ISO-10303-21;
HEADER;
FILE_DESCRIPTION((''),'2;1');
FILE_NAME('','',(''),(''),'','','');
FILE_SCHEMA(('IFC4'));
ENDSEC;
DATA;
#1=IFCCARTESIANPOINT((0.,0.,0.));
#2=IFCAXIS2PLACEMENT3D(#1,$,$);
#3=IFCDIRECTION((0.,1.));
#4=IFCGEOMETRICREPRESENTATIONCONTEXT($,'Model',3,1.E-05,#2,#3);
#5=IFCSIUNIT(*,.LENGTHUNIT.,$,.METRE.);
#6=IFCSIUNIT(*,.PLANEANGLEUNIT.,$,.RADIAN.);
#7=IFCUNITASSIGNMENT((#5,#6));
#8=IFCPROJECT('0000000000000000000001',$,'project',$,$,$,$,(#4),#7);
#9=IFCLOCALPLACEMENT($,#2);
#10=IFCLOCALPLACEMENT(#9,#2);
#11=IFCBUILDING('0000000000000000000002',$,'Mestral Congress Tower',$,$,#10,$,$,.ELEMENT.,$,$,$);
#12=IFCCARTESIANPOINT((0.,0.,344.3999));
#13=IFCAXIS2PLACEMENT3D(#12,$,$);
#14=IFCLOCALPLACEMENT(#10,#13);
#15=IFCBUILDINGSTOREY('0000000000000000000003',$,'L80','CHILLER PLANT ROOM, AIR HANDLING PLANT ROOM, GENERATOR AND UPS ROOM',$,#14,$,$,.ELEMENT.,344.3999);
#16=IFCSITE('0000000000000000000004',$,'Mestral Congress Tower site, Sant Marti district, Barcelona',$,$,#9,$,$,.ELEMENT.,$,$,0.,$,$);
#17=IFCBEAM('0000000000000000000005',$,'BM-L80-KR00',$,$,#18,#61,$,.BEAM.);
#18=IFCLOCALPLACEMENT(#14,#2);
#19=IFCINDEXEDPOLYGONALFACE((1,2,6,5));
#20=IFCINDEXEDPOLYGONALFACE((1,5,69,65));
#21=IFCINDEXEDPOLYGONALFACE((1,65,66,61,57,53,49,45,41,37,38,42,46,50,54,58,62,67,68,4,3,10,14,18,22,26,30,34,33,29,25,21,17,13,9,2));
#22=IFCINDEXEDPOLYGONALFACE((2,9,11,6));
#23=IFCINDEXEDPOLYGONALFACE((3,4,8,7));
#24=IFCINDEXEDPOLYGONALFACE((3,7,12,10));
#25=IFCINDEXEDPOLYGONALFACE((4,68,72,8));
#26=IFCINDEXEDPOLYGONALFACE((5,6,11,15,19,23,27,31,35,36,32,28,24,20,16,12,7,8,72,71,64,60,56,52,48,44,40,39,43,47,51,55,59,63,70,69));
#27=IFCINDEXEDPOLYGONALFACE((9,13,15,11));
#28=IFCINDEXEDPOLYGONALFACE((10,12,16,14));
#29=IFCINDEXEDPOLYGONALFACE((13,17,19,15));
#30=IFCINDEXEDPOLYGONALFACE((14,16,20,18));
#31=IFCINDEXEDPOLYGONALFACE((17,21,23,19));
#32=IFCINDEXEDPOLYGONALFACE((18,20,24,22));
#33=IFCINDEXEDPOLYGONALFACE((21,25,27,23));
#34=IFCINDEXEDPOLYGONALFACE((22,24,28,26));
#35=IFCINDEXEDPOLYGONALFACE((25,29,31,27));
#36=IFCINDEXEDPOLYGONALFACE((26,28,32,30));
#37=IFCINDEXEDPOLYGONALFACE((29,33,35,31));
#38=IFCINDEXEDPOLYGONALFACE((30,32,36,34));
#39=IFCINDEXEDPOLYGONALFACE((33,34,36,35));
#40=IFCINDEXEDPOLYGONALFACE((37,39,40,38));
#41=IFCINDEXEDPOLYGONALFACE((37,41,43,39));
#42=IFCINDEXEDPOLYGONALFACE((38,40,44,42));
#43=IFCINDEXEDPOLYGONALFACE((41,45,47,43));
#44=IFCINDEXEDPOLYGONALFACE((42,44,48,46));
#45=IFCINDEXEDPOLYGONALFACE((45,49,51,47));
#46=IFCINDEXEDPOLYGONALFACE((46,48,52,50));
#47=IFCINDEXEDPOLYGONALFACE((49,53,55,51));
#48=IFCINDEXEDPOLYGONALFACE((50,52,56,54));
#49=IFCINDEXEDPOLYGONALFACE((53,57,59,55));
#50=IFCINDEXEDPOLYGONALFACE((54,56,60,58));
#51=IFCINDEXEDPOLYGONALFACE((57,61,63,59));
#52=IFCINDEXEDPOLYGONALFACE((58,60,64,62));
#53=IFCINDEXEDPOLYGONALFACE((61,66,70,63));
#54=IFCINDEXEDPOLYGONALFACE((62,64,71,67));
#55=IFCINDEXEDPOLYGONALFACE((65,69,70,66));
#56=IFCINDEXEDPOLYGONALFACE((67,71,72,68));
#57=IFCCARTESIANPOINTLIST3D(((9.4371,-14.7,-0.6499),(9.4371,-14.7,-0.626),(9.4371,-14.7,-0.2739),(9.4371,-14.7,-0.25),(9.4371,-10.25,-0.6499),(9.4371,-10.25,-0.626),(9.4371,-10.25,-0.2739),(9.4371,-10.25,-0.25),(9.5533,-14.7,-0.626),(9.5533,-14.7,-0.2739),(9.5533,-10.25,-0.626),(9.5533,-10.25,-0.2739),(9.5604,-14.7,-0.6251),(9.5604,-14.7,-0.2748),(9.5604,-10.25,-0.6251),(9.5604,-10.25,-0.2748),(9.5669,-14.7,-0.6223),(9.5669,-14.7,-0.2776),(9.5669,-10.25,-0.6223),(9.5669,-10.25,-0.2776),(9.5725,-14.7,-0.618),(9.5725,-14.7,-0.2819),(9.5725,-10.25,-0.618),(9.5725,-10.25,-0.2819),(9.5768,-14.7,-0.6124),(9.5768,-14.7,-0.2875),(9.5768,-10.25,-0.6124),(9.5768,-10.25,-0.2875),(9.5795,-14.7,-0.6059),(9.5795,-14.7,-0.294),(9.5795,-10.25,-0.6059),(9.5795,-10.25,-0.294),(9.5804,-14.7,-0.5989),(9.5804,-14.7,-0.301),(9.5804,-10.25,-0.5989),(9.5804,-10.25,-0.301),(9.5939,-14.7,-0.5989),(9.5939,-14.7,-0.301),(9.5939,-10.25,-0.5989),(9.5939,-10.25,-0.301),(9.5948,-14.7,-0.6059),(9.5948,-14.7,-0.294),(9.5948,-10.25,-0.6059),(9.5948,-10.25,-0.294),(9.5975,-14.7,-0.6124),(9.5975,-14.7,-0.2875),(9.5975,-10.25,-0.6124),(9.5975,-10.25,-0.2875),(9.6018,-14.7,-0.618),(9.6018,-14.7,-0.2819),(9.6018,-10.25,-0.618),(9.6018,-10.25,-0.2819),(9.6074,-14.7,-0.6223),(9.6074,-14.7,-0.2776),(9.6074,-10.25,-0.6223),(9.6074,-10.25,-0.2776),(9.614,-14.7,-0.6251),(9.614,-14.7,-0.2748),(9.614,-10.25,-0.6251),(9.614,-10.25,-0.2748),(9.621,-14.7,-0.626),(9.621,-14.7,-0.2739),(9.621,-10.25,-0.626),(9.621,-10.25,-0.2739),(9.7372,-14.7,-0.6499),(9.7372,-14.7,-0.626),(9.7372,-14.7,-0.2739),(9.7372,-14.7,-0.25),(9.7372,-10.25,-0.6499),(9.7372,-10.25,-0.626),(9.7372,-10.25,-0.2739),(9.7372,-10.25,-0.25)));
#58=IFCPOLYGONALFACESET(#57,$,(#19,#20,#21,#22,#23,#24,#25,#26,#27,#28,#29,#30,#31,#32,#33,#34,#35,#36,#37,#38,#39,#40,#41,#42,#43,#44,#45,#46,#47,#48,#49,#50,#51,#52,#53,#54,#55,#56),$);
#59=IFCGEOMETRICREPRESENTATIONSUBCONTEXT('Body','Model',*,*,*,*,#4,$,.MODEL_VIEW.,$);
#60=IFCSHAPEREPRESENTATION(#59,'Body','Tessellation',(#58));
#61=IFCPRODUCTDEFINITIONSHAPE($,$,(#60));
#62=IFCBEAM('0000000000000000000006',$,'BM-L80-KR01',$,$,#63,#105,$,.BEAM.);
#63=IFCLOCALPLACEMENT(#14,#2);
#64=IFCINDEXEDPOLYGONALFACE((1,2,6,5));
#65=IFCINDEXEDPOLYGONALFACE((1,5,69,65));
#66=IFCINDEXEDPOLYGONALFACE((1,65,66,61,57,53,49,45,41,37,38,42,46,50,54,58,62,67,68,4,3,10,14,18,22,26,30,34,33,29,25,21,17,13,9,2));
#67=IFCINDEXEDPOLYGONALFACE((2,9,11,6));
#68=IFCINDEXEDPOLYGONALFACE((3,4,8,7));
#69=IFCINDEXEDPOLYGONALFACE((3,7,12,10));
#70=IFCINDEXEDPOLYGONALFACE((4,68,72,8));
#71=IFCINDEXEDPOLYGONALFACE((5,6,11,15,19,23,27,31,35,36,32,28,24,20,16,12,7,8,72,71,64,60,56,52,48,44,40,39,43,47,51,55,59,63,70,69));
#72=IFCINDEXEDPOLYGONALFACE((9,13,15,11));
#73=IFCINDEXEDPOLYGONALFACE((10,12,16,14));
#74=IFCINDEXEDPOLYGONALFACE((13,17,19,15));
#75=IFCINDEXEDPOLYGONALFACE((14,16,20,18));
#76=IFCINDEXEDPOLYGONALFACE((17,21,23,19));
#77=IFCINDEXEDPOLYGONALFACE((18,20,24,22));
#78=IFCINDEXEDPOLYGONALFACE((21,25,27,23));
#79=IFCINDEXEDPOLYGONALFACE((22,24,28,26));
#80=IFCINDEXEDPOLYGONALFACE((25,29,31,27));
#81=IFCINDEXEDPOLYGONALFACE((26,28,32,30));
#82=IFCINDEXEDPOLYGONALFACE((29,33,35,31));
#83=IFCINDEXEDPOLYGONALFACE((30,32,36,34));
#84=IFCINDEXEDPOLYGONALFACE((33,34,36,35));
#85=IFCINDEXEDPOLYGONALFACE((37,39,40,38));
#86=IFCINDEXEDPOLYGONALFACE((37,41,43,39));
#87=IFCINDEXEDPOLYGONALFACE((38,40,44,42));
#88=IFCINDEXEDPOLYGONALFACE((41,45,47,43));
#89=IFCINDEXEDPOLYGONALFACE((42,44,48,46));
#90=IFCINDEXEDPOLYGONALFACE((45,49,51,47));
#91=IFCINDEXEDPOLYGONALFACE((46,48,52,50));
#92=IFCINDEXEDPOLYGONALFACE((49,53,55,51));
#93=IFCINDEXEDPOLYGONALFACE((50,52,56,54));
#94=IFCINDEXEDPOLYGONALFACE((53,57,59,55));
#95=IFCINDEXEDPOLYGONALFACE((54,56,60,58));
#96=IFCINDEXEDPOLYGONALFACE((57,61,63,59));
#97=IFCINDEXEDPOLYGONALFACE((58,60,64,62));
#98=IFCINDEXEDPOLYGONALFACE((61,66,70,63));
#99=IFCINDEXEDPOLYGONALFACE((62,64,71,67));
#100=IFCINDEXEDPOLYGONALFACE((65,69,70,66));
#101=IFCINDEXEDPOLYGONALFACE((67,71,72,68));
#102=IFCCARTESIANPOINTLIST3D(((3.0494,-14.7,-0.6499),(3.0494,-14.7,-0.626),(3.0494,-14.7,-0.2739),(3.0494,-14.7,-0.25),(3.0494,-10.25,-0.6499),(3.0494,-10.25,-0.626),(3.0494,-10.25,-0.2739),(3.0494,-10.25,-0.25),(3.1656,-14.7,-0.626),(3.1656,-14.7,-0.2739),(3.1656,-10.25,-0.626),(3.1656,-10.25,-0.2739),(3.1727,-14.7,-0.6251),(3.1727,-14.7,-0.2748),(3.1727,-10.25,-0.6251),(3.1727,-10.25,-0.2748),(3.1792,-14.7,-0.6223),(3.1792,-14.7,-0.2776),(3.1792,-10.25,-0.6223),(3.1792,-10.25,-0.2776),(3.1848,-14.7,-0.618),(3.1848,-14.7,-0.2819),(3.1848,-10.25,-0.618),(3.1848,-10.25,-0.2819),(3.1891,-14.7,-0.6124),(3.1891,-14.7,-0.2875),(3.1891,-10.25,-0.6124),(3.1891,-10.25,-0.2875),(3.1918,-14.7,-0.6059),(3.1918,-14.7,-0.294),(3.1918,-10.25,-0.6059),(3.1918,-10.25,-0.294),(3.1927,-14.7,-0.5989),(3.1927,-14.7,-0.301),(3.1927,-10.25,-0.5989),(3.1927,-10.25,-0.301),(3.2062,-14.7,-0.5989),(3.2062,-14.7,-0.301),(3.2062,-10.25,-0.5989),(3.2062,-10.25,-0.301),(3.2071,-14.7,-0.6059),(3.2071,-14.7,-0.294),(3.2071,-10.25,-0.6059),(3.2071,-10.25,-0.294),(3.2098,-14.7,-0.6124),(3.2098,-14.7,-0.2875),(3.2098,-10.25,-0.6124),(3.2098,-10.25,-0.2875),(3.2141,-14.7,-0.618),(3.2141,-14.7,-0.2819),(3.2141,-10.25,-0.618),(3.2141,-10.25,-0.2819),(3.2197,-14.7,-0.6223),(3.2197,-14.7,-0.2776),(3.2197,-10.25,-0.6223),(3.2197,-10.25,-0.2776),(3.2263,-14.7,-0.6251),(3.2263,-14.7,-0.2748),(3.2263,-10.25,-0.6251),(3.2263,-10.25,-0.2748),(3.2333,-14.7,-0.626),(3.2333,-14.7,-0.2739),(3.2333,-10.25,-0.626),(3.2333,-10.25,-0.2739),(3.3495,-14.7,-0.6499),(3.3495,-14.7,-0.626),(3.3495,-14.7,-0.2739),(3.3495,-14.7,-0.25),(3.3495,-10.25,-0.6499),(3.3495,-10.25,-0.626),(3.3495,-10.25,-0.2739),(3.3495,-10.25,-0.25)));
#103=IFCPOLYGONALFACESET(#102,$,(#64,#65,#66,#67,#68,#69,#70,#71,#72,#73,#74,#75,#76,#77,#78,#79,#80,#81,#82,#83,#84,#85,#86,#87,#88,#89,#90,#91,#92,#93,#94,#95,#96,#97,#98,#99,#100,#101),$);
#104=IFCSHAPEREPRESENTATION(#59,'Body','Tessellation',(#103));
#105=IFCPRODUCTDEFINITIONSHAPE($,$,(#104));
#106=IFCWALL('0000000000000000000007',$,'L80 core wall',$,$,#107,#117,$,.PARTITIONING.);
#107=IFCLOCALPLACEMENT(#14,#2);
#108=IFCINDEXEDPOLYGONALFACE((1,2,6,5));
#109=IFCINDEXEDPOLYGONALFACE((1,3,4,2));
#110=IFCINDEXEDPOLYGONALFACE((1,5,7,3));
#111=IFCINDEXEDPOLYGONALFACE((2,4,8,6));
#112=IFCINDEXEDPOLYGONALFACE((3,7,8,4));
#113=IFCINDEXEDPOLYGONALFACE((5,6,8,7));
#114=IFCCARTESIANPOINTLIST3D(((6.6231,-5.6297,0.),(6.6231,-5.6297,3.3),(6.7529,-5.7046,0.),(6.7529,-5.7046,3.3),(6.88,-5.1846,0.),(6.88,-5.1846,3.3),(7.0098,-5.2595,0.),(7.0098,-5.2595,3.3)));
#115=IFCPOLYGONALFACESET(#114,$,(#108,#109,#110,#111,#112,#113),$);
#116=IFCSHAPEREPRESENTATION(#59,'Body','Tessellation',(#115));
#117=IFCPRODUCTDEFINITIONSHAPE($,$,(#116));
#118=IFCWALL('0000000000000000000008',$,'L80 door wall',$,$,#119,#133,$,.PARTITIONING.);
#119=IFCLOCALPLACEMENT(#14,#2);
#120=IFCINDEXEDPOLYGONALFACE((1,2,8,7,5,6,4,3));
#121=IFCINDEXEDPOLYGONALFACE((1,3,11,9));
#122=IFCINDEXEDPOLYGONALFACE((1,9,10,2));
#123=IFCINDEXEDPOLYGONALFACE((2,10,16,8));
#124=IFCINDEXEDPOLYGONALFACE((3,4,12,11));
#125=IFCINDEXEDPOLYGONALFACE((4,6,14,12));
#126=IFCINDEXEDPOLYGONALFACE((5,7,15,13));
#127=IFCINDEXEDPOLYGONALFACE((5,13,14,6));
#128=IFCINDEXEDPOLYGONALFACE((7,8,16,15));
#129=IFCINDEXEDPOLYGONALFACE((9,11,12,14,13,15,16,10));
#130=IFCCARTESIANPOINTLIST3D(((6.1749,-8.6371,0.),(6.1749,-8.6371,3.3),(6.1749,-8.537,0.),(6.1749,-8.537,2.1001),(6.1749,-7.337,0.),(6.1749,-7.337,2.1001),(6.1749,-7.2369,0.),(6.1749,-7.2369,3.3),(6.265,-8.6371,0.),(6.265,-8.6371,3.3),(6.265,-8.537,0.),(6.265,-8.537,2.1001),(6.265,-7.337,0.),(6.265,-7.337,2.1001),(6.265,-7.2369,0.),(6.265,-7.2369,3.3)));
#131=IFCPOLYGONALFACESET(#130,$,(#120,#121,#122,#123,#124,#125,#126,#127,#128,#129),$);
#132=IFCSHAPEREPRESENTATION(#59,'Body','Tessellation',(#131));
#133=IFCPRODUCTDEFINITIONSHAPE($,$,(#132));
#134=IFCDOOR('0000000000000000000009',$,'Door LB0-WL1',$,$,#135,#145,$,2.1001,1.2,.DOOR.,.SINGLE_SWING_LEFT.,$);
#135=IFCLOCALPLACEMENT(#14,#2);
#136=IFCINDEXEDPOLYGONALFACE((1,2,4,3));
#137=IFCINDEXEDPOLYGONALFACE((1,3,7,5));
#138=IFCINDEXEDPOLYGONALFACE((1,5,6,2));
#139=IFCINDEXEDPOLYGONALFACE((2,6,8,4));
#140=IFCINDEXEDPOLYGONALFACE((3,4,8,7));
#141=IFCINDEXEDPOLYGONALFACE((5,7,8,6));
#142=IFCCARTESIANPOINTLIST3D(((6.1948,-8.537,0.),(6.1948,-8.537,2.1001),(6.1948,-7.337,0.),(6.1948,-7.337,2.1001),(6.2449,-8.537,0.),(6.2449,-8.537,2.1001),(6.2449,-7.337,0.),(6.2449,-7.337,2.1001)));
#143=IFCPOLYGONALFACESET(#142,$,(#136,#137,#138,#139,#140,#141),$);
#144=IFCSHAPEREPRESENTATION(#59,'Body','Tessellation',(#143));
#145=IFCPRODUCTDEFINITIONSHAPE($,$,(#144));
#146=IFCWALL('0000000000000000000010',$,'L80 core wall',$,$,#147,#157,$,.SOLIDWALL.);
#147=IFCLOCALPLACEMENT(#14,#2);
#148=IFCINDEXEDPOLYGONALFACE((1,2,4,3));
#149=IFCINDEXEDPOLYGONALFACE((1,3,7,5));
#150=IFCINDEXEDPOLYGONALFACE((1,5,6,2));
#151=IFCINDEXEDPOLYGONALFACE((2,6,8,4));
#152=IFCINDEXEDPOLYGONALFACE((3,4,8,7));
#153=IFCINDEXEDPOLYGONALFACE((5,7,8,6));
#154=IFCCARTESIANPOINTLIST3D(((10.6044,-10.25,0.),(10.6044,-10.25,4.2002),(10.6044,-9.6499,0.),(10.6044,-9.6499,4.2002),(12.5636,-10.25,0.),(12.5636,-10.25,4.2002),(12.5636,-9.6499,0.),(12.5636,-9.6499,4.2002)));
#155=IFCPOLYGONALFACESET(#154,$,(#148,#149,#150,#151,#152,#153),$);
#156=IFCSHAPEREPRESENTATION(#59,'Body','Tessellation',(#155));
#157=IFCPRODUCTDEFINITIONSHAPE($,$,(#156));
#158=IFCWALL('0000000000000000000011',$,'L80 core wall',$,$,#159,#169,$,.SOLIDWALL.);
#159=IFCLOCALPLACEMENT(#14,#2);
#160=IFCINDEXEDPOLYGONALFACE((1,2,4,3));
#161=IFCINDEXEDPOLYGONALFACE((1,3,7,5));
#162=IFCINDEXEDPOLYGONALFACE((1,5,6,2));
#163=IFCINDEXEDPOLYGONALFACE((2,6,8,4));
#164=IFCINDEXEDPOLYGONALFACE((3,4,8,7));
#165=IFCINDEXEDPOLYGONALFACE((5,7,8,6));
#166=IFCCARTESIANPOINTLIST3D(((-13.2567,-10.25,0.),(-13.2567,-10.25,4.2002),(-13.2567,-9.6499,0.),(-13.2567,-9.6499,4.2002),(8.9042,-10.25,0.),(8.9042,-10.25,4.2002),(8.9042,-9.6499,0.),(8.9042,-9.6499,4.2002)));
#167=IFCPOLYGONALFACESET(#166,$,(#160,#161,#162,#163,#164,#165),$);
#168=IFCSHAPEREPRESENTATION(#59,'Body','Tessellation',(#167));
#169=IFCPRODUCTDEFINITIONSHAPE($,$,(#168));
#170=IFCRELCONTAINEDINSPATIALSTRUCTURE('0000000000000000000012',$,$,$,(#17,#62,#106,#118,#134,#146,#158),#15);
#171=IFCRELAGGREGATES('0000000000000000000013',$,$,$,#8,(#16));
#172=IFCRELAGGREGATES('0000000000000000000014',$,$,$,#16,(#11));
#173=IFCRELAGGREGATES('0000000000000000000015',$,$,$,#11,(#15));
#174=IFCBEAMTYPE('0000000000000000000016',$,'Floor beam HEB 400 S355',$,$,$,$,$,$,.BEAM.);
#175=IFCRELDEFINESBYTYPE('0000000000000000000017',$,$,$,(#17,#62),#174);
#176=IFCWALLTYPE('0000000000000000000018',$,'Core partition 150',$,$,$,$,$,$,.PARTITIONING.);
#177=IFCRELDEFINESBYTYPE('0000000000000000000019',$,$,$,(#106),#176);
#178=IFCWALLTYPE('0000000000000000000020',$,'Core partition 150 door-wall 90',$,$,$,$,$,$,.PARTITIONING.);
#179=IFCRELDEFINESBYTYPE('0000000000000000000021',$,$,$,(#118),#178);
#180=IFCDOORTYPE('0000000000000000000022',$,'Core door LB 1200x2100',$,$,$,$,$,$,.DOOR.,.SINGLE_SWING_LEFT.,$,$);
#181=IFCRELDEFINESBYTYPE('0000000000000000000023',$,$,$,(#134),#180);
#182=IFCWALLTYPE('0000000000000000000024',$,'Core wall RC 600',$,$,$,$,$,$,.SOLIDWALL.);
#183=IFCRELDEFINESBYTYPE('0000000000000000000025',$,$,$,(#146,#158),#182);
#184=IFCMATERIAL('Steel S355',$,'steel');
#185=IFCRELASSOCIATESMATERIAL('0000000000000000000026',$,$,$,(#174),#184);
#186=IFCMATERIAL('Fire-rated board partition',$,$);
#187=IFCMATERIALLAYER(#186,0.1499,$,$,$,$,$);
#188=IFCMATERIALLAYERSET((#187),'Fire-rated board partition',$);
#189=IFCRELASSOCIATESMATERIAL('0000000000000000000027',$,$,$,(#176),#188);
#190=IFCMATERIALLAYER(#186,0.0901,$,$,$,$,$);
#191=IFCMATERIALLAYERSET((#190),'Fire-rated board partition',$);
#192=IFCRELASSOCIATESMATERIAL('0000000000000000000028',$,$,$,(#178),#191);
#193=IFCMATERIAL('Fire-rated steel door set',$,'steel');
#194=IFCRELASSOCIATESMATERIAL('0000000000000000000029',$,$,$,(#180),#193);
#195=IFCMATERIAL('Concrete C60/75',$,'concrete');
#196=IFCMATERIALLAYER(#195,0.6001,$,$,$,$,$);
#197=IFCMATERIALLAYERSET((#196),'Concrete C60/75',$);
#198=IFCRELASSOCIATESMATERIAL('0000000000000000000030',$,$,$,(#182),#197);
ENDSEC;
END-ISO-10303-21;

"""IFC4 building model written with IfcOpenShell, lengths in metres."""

from ifc_helpers import new_model, si_unit, direction, frame, frame_2d, origin, origin_2d, place, context, subcontext, project, spatial, rectangle, i_section, extrude, material, layer, layer_set, material_profile, profile_set, type_object, element, fill, save


model = new_model("IFC4")

# Units and contexts
model_context = context("Model", 3, precision=1e-05, world=origin(), true_north=direction((0.0, 1.0)))
body_context = subcontext(model_context, "Body", "Model", "MODEL_VIEW")
ifc_project = project(units=[si_unit("LENGTHUNIT", "METRE"), si_unit("PLANEANGLEUNIT", "RADIAN")], contexts=[model_context])

# Site, building, storey
site_placement = place(None, origin())
site = spatial("IfcSite", under=ifc_project, at=site_placement, Name="Mestral Congress Tower site, Sant Marti district, Barcelona", CompositionType="ELEMENT", RefElevation=0.0)
building_placement = place(site_placement, origin())
building = spatial("IfcBuilding", under=site, at=building_placement, Name="Mestral Congress Tower", CompositionType="ELEMENT")
storey_placement = place(building_placement, frame((0.0, 0.0, 344.3999)))
storey = spatial("IfcBuildingStorey", under=building, at=storey_placement, Name="L80", Description="CHILLER PLANT ROOM, AIR HANDLING PLANT ROOM, GENERATOR AND UPS ROOM", CompositionType="ELEMENT", Elevation=344.3999)

# Beams
ifc_material_1 = material(Name="Steel S355", Category="steel")
ifc_material_profile = material_profile(ifc_material_1, i_section(OverallWidth=0.3, OverallDepth=0.3999, WebThickness=0.0134, FlangeThickness=0.0239, FilletRadius=0.0271, at=origin_2d()), Name="HEB 400")
ifc_profile_set = profile_set([ifc_material_profile], Name="Steel S355")
beam_type = type_object("IfcBeamType", Name="Floor beam HEB 400 S355", PredefinedType="BEAM", material=ifc_profile_set)
for number, where, z_axis, x_axis, name in (
    (1, (9.5872, -10.25, -0.45), (0.0, -1.0, 0.0), (1.0, 0.0, 0.0), "BM-L80-KR00"),
    (2, (3.1995, -10.25, -0.45), (0.0, -1.0, 0.0), (1.0, 0.0, 0.0), "BM-L80-KR01"),
):
    element("IfcBeam", number, at=place(storey_placement, frame(where, z_axis=z_axis, x_axis=x_axis)), inside=storey, type_object=beam_type, Name=name, PredefinedType="BEAM", context=body_context, shape_type="SweptSolid", body=[
        extrude(i_section(OverallWidth=0.3, OverallDepth=0.3999, WebThickness=0.0134, FlangeThickness=0.0239, FilletRadius=0.0271, at=origin_2d()), origin(), (0.0, 0.0, 1.0), 4.45),
    ])

# Wall
ifc_material_2 = material(Name="Fire-rated board partition")
ifc_layer_1 = layer(ifc_material_2, 0.1499)
ifc_layer_set_1 = layer_set([ifc_layer_1], Name="Fire-rated board partition")
wall_type_1 = type_object("IfcWallType", Name="Core partition 150", PredefinedType="PARTITIONING", material=ifc_layer_set_1)
wall_1_placement = place(storey_placement, frame((6.9448, -5.2222, 0.0), z_axis=(0.0, 0.0, 1.0), x_axis=(-0.499818, -0.86613, 0.0)))
element("IfcWall", 3, at=wall_1_placement, inside=storey, type_object=wall_type_1, Name="L80 core wall", PredefinedType="PARTITIONING", context=body_context, shape_type="SweptSolid", body=[
    extrude(rectangle(XDim=0.5139, YDim=0.1499, at=frame_2d((0.2568, 0.0))), origin(), (0.0, 0.0, 1.0), 3.3),
])

# Wall, opening, door
ifc_layer_2 = layer(ifc_material_2, 0.0901)
ifc_layer_set_2 = layer_set([ifc_layer_2], Name="Fire-rated board partition")
wall_type_2 = type_object("IfcWallType", Name="Core partition 150 door-wall 90", PredefinedType="PARTITIONING", material=ifc_layer_set_2)
wall_2_placement = place(storey_placement, frame((6.22, -7.2368, 0.0), z_axis=(0.0, 0.0, 1.0), x_axis=(0.0, -1.0, 0.0)))
wall_2 = element("IfcWall", 4, at=wall_2_placement, inside=storey, type_object=wall_type_2, Name="L80 door wall", PredefinedType="PARTITIONING", context=body_context, shape_type="SweptSolid", body=[
    extrude(rectangle(XDim=1.4001, YDim=0.0901, at=frame_2d((0.7002, 0.0))), origin(), (0.0, 0.0, 1.0), 3.3),
])
opening_1_placement = place(wall_2_placement, frame((0.1001, 0.0, 0.0)))
opening_1 = element("IfcOpeningElement", 5, at=opening_1_placement, cuts=wall_2, PredefinedType="OPENING", context=body_context, shape_type="SweptSolid", body=[
    extrude(rectangle(XDim=1.2, YDim=2.1001, at=frame_2d((0.6001, 1.05))), frame((0.0, 0.0549, 0.0), z_axis=(0.0, -1.0, 0.0), x_axis=(1.0, 0.0, 0.0)), (0.0, 0.0, 1.0), 0.1101),
])
ifc_material_3 = material(Name="Fire-rated steel door set", Category="steel")
door_type_1 = type_object("IfcDoorType", Name="Core door LB 1200x2100", OperationType="SINGLE_SWING_LEFT", PredefinedType="DOOR", material=ifc_material_3)
door_1_placement = place(opening_1_placement, origin())
door_1 = element("IfcDoor", 6, at=door_1_placement, inside=storey, type_object=door_type_1, Name="Door LB0-WL1", OperationType="SINGLE_SWING_LEFT", OverallHeight=2.1001, OverallWidth=1.2, PredefinedType="DOOR", context=body_context, shape_type="SweptSolid", body=[
    extrude(rectangle(XDim=1.2, YDim=2.1001, at=frame_2d((0.6001, 1.05))), frame((0.0, 0.0249, 0.0), z_axis=(0.0, -1.0, 0.0), x_axis=(1.0, 0.0, 0.0)), (0.0, 0.0, 1.0), 0.05),
])
fill(opening_1, door_1)

# Walls
ifc_material_4 = material(Name="Concrete C60/75", Category="concrete")
ifc_layer_3 = layer(ifc_material_4, 0.6001)
ifc_layer_set_3 = layer_set([ifc_layer_3], Name="Concrete C60/75")
wall_type_3 = type_object("IfcWallType", Name="Core wall RC 600", PredefinedType="SOLIDWALL", material=ifc_layer_set_3)
wall_3_placement = place(storey_placement, frame((10.6045, -9.95, 0.0), z_axis=(0.0, 0.0, 1.0), x_axis=(1.0, 0.0, 0.0)))
element("IfcWall", 7, at=wall_3_placement, inside=storey, type_object=wall_type_3, Name="L80 core wall", PredefinedType="SOLIDWALL", context=body_context, shape_type="SweptSolid", body=[
    extrude(rectangle(XDim=1.9592, YDim=0.6001, at=frame_2d((0.9795, 0.0))), origin(), (0.0, 0.0, 1.0), 4.2002),
])
wall_4_placement = place(storey_placement, frame((8.9043, -9.95, 0.0), z_axis=(0.0, 0.0, 1.0), x_axis=(-1.0, 0.0, 0.0)))
element("IfcWall", 8, at=wall_4_placement, inside=storey, type_object=wall_type_3, Name="L80 core wall", PredefinedType="SOLIDWALL", context=body_context, shape_type="SweptSolid", body=[
    extrude(rectangle(XDim=22.1609, YDim=0.6001, at=frame_2d((11.0806, 0.0))), origin(), (0.0, 0.0, 1.0), 4.2002),
])

save(model, "model.ifc")
